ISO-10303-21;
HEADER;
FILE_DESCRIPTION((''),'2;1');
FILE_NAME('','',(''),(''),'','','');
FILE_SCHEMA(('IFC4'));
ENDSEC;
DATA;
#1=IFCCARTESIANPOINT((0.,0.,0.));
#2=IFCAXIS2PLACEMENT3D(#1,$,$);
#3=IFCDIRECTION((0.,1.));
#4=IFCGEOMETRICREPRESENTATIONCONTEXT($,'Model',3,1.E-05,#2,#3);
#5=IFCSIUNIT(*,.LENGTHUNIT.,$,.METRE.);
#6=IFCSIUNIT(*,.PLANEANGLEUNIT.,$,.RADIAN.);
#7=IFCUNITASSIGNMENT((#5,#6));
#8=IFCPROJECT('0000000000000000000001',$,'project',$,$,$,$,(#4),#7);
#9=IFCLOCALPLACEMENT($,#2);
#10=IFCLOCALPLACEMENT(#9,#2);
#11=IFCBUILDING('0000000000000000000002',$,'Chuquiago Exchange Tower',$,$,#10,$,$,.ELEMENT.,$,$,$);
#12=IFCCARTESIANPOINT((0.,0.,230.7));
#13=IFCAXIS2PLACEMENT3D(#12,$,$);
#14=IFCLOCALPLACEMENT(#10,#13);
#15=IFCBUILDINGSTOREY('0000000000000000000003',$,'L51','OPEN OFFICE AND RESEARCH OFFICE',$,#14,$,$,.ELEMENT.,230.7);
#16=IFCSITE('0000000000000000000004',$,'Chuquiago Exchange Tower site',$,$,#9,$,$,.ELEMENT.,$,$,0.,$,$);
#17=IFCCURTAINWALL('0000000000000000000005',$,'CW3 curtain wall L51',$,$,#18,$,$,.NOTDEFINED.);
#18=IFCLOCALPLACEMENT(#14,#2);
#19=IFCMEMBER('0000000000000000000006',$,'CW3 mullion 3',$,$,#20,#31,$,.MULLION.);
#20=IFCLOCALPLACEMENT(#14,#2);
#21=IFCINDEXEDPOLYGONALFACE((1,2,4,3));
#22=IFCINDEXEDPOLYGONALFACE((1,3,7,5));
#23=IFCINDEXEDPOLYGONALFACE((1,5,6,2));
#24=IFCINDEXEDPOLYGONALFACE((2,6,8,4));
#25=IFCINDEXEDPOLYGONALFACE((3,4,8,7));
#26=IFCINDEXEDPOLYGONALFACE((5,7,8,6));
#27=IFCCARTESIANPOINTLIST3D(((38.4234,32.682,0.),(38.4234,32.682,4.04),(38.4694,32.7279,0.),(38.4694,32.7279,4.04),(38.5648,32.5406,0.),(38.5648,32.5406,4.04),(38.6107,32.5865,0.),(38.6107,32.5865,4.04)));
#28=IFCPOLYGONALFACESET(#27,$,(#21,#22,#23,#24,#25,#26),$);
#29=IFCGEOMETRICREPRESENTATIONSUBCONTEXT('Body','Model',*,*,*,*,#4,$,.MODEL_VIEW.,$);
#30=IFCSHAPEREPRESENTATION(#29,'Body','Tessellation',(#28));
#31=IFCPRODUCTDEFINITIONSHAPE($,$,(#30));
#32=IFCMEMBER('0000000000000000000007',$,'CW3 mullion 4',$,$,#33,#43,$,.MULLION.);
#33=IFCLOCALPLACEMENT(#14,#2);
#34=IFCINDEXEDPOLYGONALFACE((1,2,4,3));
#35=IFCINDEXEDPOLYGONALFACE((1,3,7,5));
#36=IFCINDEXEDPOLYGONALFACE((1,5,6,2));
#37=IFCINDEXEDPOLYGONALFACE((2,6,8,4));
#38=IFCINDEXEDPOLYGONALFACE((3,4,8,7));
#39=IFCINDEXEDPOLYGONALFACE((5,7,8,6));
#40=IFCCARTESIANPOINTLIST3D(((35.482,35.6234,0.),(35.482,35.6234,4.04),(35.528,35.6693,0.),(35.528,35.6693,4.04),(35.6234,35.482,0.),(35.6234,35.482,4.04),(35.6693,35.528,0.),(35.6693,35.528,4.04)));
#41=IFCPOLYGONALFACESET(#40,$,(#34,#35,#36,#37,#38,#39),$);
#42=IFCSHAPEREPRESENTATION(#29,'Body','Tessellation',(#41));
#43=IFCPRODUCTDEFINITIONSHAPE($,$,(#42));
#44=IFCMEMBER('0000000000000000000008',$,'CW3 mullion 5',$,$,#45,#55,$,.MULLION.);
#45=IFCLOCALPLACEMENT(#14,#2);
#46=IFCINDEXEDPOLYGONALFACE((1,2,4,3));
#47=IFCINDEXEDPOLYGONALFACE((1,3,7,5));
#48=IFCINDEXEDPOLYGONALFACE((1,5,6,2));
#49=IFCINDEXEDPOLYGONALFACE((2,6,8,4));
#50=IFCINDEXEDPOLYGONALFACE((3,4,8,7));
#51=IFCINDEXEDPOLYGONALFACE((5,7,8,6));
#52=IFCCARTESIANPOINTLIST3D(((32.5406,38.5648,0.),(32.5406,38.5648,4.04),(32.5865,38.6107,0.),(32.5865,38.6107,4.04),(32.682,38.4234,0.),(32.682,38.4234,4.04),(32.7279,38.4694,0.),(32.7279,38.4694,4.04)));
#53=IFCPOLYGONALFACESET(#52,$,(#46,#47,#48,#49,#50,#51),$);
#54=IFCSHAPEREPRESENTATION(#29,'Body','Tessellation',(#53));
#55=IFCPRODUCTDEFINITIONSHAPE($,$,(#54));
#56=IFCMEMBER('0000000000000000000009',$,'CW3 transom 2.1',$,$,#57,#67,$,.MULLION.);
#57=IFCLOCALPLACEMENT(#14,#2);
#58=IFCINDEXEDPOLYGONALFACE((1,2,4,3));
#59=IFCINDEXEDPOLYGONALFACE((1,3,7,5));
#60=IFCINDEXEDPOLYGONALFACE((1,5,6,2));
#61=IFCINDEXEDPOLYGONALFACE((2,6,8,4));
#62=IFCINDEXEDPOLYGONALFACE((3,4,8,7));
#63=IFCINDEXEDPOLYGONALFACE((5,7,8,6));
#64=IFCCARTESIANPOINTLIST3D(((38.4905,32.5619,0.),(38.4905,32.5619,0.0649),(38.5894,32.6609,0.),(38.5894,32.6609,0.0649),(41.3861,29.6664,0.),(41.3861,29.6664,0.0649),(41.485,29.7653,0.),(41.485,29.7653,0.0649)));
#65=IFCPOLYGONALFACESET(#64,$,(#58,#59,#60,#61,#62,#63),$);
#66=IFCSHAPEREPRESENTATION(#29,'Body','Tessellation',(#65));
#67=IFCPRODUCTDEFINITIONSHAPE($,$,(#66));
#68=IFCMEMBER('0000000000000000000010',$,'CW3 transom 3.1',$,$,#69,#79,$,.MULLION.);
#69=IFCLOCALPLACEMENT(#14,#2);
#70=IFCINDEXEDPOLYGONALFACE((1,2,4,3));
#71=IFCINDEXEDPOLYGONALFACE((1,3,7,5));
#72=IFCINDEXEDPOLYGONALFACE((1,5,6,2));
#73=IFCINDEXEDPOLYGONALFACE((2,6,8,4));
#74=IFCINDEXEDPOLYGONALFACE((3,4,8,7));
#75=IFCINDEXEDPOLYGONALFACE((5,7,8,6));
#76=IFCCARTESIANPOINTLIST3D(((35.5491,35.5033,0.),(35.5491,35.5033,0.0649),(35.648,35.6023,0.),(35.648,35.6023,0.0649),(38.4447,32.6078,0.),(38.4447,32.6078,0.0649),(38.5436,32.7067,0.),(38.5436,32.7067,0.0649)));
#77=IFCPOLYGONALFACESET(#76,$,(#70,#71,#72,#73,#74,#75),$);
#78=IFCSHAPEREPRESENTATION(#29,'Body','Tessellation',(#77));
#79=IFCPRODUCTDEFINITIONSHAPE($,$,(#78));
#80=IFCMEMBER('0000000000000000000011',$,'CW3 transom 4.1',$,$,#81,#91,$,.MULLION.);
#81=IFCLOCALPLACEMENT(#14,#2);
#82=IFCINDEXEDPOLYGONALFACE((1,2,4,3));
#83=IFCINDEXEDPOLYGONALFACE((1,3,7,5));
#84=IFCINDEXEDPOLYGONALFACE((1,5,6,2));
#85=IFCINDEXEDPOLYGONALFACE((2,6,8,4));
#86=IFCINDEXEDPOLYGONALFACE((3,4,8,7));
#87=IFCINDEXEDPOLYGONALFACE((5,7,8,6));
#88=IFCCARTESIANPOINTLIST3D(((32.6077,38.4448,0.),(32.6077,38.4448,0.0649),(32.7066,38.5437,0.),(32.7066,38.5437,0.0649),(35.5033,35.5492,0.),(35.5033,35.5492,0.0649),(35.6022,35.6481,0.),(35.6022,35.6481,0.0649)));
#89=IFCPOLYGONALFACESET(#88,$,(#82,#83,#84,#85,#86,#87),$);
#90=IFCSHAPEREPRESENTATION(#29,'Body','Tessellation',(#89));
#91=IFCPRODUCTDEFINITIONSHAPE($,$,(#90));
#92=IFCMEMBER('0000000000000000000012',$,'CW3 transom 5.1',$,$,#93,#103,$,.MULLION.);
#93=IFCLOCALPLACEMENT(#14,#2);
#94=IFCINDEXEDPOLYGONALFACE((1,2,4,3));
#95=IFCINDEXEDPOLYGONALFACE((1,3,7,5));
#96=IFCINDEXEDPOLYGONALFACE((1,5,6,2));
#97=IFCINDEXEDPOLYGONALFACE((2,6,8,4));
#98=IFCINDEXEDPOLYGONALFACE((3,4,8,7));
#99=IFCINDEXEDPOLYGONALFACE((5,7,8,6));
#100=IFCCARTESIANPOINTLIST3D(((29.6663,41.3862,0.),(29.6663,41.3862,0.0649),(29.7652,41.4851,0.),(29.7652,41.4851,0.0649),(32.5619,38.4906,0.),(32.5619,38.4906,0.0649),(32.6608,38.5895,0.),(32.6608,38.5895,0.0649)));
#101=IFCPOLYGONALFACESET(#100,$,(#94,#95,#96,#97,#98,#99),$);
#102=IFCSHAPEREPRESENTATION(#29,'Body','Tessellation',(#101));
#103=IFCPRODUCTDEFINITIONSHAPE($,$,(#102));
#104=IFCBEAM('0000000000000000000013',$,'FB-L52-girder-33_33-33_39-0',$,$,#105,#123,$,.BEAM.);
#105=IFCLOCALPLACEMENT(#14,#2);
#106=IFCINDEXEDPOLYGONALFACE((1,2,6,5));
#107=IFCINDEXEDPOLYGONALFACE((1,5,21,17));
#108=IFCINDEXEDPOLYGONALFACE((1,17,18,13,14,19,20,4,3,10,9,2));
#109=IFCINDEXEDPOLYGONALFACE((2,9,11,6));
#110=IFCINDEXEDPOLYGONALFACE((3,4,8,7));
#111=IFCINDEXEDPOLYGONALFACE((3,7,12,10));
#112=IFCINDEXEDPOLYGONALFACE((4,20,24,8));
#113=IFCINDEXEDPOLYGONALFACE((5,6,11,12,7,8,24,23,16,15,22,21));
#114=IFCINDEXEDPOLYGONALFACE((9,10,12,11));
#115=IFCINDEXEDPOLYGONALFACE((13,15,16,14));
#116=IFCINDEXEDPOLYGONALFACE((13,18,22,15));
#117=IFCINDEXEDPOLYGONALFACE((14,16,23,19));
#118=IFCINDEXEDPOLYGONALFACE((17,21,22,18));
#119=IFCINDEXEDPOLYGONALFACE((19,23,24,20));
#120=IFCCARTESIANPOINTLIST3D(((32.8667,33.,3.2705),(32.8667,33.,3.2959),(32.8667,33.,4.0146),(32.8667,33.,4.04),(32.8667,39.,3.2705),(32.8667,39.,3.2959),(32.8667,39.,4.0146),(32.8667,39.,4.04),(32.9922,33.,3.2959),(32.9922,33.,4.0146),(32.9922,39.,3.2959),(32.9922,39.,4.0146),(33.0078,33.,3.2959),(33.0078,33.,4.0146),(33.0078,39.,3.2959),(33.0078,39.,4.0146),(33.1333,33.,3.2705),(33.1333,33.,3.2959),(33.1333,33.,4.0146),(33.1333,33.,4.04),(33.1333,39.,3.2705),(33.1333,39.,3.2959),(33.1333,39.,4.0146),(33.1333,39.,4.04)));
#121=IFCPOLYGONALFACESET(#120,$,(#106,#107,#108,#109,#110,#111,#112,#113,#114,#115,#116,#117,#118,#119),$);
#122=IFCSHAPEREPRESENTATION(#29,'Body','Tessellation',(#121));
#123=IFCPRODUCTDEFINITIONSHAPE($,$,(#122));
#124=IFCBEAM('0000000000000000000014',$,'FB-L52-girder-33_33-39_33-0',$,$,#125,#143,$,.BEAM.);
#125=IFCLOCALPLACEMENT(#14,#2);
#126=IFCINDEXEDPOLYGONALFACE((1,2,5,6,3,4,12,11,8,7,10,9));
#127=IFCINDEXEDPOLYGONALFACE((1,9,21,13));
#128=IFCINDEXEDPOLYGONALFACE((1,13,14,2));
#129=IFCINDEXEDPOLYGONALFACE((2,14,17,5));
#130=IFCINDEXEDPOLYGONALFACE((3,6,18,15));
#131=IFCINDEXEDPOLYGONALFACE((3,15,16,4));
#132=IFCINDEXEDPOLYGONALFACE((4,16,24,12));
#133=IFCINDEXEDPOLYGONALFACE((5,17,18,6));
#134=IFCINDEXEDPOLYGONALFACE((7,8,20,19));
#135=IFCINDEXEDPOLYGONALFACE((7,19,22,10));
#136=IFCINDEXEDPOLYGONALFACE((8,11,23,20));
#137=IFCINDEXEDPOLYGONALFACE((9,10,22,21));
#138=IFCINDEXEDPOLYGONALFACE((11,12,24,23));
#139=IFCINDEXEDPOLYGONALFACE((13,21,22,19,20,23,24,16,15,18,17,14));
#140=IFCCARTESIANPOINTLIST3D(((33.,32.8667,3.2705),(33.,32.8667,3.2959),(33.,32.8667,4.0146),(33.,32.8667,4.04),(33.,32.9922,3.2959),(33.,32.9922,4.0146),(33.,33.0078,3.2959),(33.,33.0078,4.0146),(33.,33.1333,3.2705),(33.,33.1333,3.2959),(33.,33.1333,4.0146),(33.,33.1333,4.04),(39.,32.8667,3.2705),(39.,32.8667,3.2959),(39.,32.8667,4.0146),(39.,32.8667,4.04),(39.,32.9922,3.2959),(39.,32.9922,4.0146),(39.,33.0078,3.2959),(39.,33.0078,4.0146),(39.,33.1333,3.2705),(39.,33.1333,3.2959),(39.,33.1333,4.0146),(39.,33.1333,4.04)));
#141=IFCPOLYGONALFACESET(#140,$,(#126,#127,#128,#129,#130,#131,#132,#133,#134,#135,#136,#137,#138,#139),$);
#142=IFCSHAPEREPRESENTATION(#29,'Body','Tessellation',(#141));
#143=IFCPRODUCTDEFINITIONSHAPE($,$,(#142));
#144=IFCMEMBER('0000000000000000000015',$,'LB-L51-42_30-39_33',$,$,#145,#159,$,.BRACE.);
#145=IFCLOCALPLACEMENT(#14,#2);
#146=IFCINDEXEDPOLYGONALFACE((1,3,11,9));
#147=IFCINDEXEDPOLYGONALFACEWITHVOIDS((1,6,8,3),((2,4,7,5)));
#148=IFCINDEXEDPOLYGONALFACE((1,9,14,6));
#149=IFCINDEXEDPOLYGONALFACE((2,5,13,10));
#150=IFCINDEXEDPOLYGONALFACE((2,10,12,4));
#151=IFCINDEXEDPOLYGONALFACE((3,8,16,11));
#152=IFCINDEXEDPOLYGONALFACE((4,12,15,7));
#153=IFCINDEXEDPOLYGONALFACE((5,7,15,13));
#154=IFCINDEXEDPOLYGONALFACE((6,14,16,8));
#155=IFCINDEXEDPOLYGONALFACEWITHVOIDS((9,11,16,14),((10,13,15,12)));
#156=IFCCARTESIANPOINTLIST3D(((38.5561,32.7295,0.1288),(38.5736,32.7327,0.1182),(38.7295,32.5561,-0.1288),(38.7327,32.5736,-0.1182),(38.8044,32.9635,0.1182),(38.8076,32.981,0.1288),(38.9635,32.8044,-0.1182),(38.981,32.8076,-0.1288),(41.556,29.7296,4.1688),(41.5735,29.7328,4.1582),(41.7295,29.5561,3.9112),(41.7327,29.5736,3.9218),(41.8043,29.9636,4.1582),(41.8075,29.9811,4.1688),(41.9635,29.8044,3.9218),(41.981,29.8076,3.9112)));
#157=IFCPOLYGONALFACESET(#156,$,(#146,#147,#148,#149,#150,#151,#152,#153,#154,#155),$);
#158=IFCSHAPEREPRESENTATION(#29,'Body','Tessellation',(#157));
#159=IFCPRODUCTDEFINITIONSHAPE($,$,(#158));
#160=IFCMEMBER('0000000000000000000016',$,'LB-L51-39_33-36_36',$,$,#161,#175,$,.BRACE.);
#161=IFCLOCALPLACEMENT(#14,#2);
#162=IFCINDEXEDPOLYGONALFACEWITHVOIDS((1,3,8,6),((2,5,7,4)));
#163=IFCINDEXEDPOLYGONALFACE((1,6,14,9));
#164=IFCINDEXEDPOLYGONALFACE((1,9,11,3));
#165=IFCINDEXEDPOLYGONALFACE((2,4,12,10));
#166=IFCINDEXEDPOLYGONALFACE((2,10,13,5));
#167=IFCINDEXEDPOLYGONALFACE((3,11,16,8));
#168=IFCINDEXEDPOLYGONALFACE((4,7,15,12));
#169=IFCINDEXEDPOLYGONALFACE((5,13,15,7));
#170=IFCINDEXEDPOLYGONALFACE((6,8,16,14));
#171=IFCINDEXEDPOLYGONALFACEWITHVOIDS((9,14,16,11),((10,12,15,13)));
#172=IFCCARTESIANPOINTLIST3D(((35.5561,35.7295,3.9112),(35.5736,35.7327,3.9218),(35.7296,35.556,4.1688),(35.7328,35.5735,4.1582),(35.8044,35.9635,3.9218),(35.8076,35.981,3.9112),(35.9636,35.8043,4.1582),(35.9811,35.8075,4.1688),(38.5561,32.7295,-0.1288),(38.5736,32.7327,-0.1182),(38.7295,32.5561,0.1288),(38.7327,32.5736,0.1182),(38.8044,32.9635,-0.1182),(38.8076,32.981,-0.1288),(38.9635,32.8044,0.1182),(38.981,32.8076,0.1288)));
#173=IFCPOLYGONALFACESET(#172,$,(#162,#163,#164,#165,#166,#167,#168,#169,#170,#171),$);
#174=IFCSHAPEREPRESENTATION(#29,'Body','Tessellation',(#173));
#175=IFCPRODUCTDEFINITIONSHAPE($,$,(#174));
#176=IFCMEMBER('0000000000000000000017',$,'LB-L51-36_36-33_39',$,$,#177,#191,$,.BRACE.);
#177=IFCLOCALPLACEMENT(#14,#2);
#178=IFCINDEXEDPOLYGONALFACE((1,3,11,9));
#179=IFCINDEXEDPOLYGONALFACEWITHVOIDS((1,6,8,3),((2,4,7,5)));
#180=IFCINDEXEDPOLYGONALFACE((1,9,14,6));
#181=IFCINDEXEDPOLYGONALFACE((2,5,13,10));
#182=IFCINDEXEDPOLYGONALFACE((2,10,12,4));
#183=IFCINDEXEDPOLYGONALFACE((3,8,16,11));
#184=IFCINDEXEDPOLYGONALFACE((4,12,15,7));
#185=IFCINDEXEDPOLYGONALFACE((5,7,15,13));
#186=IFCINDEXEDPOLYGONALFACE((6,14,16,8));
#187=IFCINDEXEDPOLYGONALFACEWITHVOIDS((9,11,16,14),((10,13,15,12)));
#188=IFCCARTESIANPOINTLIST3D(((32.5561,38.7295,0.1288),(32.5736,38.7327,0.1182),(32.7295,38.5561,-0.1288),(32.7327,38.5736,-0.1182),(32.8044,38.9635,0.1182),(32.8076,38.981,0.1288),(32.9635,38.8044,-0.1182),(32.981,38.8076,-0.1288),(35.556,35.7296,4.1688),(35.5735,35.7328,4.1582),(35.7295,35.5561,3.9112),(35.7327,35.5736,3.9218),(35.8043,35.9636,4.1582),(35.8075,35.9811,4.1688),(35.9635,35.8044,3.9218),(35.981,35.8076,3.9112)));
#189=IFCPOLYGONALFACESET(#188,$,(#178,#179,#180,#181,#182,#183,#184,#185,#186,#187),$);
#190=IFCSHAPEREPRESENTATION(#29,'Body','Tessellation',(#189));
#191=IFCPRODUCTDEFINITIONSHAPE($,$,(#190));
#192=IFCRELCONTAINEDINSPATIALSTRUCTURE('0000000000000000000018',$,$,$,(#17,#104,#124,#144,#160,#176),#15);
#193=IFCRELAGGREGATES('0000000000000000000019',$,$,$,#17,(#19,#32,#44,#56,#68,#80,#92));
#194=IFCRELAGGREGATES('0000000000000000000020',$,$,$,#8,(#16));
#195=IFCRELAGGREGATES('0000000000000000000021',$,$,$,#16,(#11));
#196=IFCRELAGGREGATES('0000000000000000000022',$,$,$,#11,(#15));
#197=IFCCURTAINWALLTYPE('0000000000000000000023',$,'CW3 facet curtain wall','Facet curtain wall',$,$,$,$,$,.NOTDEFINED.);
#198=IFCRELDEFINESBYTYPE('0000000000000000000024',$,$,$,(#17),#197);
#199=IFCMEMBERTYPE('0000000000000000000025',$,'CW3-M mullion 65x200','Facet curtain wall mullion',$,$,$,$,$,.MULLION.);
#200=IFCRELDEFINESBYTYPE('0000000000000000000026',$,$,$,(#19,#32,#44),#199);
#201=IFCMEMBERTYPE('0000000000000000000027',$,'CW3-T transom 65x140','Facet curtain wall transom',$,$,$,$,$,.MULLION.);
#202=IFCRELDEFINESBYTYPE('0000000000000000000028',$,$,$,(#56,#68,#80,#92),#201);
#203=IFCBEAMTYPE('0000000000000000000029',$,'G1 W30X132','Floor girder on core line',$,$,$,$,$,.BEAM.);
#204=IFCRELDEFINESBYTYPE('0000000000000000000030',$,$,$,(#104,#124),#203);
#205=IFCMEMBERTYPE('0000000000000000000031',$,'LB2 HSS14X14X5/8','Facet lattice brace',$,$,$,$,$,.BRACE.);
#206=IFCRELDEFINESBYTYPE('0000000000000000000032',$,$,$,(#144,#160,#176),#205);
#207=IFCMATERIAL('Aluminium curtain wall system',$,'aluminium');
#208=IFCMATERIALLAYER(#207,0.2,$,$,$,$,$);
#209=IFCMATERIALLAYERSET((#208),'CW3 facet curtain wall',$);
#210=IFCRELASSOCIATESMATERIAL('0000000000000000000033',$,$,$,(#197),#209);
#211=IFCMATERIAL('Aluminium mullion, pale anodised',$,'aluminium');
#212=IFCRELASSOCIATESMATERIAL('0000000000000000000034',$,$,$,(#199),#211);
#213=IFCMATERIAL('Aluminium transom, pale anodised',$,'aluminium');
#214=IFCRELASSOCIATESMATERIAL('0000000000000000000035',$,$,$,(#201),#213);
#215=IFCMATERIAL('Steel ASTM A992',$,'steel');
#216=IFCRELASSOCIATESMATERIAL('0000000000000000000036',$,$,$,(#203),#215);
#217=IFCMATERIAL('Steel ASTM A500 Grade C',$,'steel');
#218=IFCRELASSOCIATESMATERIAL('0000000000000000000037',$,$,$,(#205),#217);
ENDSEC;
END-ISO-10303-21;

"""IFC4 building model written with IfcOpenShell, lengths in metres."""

from ifc_helpers import new_model, si_unit, direction, frame, origin, origin_2d, place, context, subcontext, project, spatial, rectangle, hollow_rectangle, i_section, extrude, material, layer, layer_set, material_profile, profile_set, type_object, element, aggregate, save


model = new_model("IFC4")

# Units and contexts
model_context = context("Model", 3, precision=1e-05, world=origin(), true_north=direction((0.0, 1.0)))
body_context = subcontext(model_context, "Body", "Model", "MODEL_VIEW")
ifc_project = project(units=[si_unit("LENGTHUNIT", "METRE"), si_unit("PLANEANGLEUNIT", "RADIAN")], contexts=[model_context])

# Site, building, storey
site_placement = place(None, origin())
site = spatial("IfcSite", under=ifc_project, at=site_placement, Name="Chuquiago Exchange Tower site", CompositionType="ELEMENT", RefElevation=0.0)
building_placement = place(site_placement, origin())
building = spatial("IfcBuilding", under=site, at=building_placement, Name="Chuquiago Exchange Tower", CompositionType="ELEMENT")
storey_placement = place(building_placement, frame((0.0, 0.0, 230.7)))
storey = spatial("IfcBuildingStorey", under=building, at=storey_placement, Name="L51", Description="OPEN OFFICE AND RESEARCH OFFICE", CompositionType="ELEMENT", Elevation=230.7)

# Curtain wall, members
ifc_material_1 = material(Name="Aluminium curtain wall system", Category="aluminium")
ifc_layer_1 = layer(ifc_material_1, 0.2)
ifc_layer_set_1 = layer_set([ifc_layer_1], Name="CW3 facet curtain wall")
curtain_wall_type = type_object("IfcCurtainWallType", Name="CW3 facet curtain wall", Description="Facet curtain wall", PredefinedType="NOTDEFINED", material=ifc_layer_set_1)
curtain_wall_placement = place(storey_placement, origin())
curtain_wall = element("IfcCurtainWall", 1, at=curtain_wall_placement, inside=storey, type_object=curtain_wall_type, Name="CW3 curtain wall L51", PredefinedType="NOTDEFINED")
ifc_material_2 = material(Name="Aluminium mullion, pale anodised", Category="aluminium")
ifc_material_profile_1 = material_profile(ifc_material_2, rectangle(XDim=0.0649, YDim=0.2, at=origin_2d()), Name="AL 65x200")
ifc_profile_set_1 = profile_set([ifc_material_profile_1], Name="Aluminium mullion, pale anodised")
member_type_1 = type_object("IfcMemberType", Name="CW3-M mullion 65x200", Description="Facet curtain wall mullion", PredefinedType="MULLION", material=ifc_profile_set_1)
member_1_placement = place(storey_placement, frame((38.5171, 32.6343, 0.0), z_axis=(0.0, 0.0, 1.0), x_axis=(-0.707107, -0.707107, 0.0)))
member_1 = element("IfcMember", 2, at=member_1_placement, type_object=member_type_1, Name="CW3 mullion 3", PredefinedType="MULLION", context=body_context, shape_type="SweptSolid", body=[
    extrude(rectangle(XDim=0.0649, YDim=0.2, at=origin_2d()), origin(), (0.0, 0.0, 1.0), 4.04),
])
member_2_placement = place(storey_placement, frame((35.5757, 35.5757, 0.0), z_axis=(0.0, 0.0, 1.0), x_axis=(-0.707107, -0.707107, 0.0)))
member_2 = element("IfcMember", 3, at=member_2_placement, type_object=member_type_1, Name="CW3 mullion 4", PredefinedType="MULLION", context=body_context, shape_type="SweptSolid", body=[
    extrude(rectangle(XDim=0.0649, YDim=0.2, at=origin_2d()), origin(), (0.0, 0.0, 1.0), 4.04),
])
member_3_placement = place(storey_placement, frame((32.6343, 38.5171, 0.0), z_axis=(0.0, 0.0, 1.0), x_axis=(-0.707107, -0.707107, 0.0)))
member_3 = element("IfcMember", 4, at=member_3_placement, type_object=member_type_1, Name="CW3 mullion 5", PredefinedType="MULLION", context=body_context, shape_type="SweptSolid", body=[
    extrude(rectangle(XDim=0.0649, YDim=0.2, at=origin_2d()), origin(), (0.0, 0.0, 1.0), 4.04),
])
ifc_material_3 = material(Name="Aluminium transom, pale anodised", Category="aluminium")
ifc_material_profile_2 = material_profile(ifc_material_3, rectangle(XDim=0.1399, YDim=0.0649, at=origin_2d()), Name="AL 140x65")
ifc_profile_set_2 = profile_set([ifc_material_profile_2], Name="Aluminium transom, pale anodised")
member_type_2 = type_object("IfcMemberType", Name="CW3-T transom 65x140", Description="Facet curtain wall transom", PredefinedType="MULLION", material=ifc_profile_set_2)
member_4_placement = place(storey_placement, frame((41.4355, 29.7158, 0.0325), z_axis=(-0.707107, 0.707107, 0.0), x_axis=(-0.707107, -0.707107, 0.0)))
member_4 = element("IfcMember", 5, at=member_4_placement, type_object=member_type_2, Name="CW3 transom 2.1", PredefinedType="MULLION", context=body_context, shape_type="SweptSolid", body=[
    extrude(rectangle(XDim=0.1399, YDim=0.0649, at=origin_2d()), origin(), (0.0, 0.0, 1.0), 4.095),
])
member_5_placement = place(storey_placement, frame((38.4941, 32.6572, 0.0325), z_axis=(-0.707107, 0.707107, 0.0), x_axis=(-0.707107, -0.707107, 0.0)))
member_5 = element("IfcMember", 6, at=member_5_placement, type_object=member_type_2, Name="CW3 transom 3.1", PredefinedType="MULLION", context=body_context, shape_type="SweptSolid", body=[
    extrude(rectangle(XDim=0.1399, YDim=0.0649, at=origin_2d()), origin(), (0.0, 0.0, 1.0), 4.095),
])
member_6_placement = place(storey_placement, frame((35.5527, 35.5986, 0.0325), z_axis=(-0.707107, 0.707107, 0.0), x_axis=(-0.707107, -0.707107, 0.0)))
member_6 = element("IfcMember", 7, at=member_6_placement, type_object=member_type_2, Name="CW3 transom 4.1", PredefinedType="MULLION", context=body_context, shape_type="SweptSolid", body=[
    extrude(rectangle(XDim=0.1399, YDim=0.0649, at=origin_2d()), origin(), (0.0, 0.0, 1.0), 4.095),
])
member_7_placement = place(storey_placement, frame((32.6113, 38.54, 0.0325), z_axis=(-0.707107, 0.707107, 0.0), x_axis=(-0.707107, -0.707107, 0.0)))
member_7 = element("IfcMember", 8, at=member_7_placement, type_object=member_type_2, Name="CW3 transom 5.1", PredefinedType="MULLION", context=body_context, shape_type="SweptSolid", body=[
    extrude(rectangle(XDim=0.1399, YDim=0.0649, at=origin_2d()), origin(), (0.0, 0.0, 1.0), 4.095),
])

# Beams
ifc_material_4 = material(Name="Steel ASTM A992", Category="steel")
ifc_material_profile_3 = material_profile(ifc_material_4, i_section(OverallWidth=0.2666, OverallDepth=0.7695, WebThickness=0.0156, FlangeThickness=0.0254, at=origin_2d()), Name="W30X132")
ifc_profile_set_3 = profile_set([ifc_material_profile_3], Name="Steel ASTM A992")
beam_type_1 = type_object("IfcBeamType", Name="G1 W30X132", Description="Floor girder on core line", PredefinedType="BEAM", material=ifc_profile_set_3)
for number, where, z_axis, x_axis, name in (
    (9, (33.0, 33.0, 3.6553), (0.0, 1.0, 0.0), (-1.0, 0.0, 0.0), "FB-L52-girder-33_33-33_39-0"),
    (10, (33.0, 33.0, 3.6553), (1.0, 0.0, 0.0), (0.0, 1.0, 0.0), "FB-L52-girder-33_33-39_33-0"),
):
    element("IfcBeam", number, at=place(storey_placement, frame(where, z_axis=z_axis, x_axis=x_axis)), inside=storey, type_object=beam_type_1, Name=name, PredefinedType="BEAM", context=body_context, shape_type="SweptSolid", body=[
        extrude(i_section(OverallWidth=0.2666, OverallDepth=0.7695, WebThickness=0.0156, FlangeThickness=0.0254, at=origin_2d()), origin(), (0.0, 0.0, 1.0), 6.0),
    ])

# Members
ifc_material_5 = material(Name="Steel ASTM A500 Grade C", Category="steel")
ifc_material_profile_4 = material_profile(ifc_material_5, hollow_rectangle(XDim=0.3557, YDim=0.3557, WallThickness=0.0146, at=origin_2d()), Name="HSS14X14X5/8")
ifc_profile_set_4 = profile_set([ifc_material_profile_4], Name="Steel ASTM A500 Grade C")
member_type_3 = type_object("IfcMemberType", Name="LB2 HSS14X14X5/8", Description="Facet lattice brace", PredefinedType="BRACE", material=ifc_profile_set_4)
for number, where, z_axis, x_axis, name in (
    (11, (38.7686, 32.7686, 0.0), (0.512077, -0.512077, 0.689604), (0.707107, 0.707107, 0.0), "LB-L51-42_30-39_33"),
    (12, (38.7686, 32.7686, 0.0), (-0.512077, 0.512077, 0.689604), (-0.707107, -0.707107, 0.0), "LB-L51-39_33-36_36"),
    (13, (32.7686, 38.7686, 0.0), (0.512077, -0.512077, 0.689604), (0.707107, 0.707107, 0.0), "LB-L51-36_36-33_39"),
):
    element("IfcMember", number, at=place(storey_placement, frame(where, z_axis=z_axis, x_axis=x_axis)), inside=storey, type_object=member_type_3, Name=name, PredefinedType="BRACE", context=body_context, shape_type="SweptSolid", body=[
        extrude(hollow_rectangle(XDim=0.3557, YDim=0.3557, WallThickness=0.0146, at=origin_2d()), origin(), (0.0, 0.0, 1.0), 5.8584),
    ])

aggregate(curtain_wall, [member_1, member_2, member_3, member_4, member_5, member_6, member_7])

save(model, "model.ifc")
